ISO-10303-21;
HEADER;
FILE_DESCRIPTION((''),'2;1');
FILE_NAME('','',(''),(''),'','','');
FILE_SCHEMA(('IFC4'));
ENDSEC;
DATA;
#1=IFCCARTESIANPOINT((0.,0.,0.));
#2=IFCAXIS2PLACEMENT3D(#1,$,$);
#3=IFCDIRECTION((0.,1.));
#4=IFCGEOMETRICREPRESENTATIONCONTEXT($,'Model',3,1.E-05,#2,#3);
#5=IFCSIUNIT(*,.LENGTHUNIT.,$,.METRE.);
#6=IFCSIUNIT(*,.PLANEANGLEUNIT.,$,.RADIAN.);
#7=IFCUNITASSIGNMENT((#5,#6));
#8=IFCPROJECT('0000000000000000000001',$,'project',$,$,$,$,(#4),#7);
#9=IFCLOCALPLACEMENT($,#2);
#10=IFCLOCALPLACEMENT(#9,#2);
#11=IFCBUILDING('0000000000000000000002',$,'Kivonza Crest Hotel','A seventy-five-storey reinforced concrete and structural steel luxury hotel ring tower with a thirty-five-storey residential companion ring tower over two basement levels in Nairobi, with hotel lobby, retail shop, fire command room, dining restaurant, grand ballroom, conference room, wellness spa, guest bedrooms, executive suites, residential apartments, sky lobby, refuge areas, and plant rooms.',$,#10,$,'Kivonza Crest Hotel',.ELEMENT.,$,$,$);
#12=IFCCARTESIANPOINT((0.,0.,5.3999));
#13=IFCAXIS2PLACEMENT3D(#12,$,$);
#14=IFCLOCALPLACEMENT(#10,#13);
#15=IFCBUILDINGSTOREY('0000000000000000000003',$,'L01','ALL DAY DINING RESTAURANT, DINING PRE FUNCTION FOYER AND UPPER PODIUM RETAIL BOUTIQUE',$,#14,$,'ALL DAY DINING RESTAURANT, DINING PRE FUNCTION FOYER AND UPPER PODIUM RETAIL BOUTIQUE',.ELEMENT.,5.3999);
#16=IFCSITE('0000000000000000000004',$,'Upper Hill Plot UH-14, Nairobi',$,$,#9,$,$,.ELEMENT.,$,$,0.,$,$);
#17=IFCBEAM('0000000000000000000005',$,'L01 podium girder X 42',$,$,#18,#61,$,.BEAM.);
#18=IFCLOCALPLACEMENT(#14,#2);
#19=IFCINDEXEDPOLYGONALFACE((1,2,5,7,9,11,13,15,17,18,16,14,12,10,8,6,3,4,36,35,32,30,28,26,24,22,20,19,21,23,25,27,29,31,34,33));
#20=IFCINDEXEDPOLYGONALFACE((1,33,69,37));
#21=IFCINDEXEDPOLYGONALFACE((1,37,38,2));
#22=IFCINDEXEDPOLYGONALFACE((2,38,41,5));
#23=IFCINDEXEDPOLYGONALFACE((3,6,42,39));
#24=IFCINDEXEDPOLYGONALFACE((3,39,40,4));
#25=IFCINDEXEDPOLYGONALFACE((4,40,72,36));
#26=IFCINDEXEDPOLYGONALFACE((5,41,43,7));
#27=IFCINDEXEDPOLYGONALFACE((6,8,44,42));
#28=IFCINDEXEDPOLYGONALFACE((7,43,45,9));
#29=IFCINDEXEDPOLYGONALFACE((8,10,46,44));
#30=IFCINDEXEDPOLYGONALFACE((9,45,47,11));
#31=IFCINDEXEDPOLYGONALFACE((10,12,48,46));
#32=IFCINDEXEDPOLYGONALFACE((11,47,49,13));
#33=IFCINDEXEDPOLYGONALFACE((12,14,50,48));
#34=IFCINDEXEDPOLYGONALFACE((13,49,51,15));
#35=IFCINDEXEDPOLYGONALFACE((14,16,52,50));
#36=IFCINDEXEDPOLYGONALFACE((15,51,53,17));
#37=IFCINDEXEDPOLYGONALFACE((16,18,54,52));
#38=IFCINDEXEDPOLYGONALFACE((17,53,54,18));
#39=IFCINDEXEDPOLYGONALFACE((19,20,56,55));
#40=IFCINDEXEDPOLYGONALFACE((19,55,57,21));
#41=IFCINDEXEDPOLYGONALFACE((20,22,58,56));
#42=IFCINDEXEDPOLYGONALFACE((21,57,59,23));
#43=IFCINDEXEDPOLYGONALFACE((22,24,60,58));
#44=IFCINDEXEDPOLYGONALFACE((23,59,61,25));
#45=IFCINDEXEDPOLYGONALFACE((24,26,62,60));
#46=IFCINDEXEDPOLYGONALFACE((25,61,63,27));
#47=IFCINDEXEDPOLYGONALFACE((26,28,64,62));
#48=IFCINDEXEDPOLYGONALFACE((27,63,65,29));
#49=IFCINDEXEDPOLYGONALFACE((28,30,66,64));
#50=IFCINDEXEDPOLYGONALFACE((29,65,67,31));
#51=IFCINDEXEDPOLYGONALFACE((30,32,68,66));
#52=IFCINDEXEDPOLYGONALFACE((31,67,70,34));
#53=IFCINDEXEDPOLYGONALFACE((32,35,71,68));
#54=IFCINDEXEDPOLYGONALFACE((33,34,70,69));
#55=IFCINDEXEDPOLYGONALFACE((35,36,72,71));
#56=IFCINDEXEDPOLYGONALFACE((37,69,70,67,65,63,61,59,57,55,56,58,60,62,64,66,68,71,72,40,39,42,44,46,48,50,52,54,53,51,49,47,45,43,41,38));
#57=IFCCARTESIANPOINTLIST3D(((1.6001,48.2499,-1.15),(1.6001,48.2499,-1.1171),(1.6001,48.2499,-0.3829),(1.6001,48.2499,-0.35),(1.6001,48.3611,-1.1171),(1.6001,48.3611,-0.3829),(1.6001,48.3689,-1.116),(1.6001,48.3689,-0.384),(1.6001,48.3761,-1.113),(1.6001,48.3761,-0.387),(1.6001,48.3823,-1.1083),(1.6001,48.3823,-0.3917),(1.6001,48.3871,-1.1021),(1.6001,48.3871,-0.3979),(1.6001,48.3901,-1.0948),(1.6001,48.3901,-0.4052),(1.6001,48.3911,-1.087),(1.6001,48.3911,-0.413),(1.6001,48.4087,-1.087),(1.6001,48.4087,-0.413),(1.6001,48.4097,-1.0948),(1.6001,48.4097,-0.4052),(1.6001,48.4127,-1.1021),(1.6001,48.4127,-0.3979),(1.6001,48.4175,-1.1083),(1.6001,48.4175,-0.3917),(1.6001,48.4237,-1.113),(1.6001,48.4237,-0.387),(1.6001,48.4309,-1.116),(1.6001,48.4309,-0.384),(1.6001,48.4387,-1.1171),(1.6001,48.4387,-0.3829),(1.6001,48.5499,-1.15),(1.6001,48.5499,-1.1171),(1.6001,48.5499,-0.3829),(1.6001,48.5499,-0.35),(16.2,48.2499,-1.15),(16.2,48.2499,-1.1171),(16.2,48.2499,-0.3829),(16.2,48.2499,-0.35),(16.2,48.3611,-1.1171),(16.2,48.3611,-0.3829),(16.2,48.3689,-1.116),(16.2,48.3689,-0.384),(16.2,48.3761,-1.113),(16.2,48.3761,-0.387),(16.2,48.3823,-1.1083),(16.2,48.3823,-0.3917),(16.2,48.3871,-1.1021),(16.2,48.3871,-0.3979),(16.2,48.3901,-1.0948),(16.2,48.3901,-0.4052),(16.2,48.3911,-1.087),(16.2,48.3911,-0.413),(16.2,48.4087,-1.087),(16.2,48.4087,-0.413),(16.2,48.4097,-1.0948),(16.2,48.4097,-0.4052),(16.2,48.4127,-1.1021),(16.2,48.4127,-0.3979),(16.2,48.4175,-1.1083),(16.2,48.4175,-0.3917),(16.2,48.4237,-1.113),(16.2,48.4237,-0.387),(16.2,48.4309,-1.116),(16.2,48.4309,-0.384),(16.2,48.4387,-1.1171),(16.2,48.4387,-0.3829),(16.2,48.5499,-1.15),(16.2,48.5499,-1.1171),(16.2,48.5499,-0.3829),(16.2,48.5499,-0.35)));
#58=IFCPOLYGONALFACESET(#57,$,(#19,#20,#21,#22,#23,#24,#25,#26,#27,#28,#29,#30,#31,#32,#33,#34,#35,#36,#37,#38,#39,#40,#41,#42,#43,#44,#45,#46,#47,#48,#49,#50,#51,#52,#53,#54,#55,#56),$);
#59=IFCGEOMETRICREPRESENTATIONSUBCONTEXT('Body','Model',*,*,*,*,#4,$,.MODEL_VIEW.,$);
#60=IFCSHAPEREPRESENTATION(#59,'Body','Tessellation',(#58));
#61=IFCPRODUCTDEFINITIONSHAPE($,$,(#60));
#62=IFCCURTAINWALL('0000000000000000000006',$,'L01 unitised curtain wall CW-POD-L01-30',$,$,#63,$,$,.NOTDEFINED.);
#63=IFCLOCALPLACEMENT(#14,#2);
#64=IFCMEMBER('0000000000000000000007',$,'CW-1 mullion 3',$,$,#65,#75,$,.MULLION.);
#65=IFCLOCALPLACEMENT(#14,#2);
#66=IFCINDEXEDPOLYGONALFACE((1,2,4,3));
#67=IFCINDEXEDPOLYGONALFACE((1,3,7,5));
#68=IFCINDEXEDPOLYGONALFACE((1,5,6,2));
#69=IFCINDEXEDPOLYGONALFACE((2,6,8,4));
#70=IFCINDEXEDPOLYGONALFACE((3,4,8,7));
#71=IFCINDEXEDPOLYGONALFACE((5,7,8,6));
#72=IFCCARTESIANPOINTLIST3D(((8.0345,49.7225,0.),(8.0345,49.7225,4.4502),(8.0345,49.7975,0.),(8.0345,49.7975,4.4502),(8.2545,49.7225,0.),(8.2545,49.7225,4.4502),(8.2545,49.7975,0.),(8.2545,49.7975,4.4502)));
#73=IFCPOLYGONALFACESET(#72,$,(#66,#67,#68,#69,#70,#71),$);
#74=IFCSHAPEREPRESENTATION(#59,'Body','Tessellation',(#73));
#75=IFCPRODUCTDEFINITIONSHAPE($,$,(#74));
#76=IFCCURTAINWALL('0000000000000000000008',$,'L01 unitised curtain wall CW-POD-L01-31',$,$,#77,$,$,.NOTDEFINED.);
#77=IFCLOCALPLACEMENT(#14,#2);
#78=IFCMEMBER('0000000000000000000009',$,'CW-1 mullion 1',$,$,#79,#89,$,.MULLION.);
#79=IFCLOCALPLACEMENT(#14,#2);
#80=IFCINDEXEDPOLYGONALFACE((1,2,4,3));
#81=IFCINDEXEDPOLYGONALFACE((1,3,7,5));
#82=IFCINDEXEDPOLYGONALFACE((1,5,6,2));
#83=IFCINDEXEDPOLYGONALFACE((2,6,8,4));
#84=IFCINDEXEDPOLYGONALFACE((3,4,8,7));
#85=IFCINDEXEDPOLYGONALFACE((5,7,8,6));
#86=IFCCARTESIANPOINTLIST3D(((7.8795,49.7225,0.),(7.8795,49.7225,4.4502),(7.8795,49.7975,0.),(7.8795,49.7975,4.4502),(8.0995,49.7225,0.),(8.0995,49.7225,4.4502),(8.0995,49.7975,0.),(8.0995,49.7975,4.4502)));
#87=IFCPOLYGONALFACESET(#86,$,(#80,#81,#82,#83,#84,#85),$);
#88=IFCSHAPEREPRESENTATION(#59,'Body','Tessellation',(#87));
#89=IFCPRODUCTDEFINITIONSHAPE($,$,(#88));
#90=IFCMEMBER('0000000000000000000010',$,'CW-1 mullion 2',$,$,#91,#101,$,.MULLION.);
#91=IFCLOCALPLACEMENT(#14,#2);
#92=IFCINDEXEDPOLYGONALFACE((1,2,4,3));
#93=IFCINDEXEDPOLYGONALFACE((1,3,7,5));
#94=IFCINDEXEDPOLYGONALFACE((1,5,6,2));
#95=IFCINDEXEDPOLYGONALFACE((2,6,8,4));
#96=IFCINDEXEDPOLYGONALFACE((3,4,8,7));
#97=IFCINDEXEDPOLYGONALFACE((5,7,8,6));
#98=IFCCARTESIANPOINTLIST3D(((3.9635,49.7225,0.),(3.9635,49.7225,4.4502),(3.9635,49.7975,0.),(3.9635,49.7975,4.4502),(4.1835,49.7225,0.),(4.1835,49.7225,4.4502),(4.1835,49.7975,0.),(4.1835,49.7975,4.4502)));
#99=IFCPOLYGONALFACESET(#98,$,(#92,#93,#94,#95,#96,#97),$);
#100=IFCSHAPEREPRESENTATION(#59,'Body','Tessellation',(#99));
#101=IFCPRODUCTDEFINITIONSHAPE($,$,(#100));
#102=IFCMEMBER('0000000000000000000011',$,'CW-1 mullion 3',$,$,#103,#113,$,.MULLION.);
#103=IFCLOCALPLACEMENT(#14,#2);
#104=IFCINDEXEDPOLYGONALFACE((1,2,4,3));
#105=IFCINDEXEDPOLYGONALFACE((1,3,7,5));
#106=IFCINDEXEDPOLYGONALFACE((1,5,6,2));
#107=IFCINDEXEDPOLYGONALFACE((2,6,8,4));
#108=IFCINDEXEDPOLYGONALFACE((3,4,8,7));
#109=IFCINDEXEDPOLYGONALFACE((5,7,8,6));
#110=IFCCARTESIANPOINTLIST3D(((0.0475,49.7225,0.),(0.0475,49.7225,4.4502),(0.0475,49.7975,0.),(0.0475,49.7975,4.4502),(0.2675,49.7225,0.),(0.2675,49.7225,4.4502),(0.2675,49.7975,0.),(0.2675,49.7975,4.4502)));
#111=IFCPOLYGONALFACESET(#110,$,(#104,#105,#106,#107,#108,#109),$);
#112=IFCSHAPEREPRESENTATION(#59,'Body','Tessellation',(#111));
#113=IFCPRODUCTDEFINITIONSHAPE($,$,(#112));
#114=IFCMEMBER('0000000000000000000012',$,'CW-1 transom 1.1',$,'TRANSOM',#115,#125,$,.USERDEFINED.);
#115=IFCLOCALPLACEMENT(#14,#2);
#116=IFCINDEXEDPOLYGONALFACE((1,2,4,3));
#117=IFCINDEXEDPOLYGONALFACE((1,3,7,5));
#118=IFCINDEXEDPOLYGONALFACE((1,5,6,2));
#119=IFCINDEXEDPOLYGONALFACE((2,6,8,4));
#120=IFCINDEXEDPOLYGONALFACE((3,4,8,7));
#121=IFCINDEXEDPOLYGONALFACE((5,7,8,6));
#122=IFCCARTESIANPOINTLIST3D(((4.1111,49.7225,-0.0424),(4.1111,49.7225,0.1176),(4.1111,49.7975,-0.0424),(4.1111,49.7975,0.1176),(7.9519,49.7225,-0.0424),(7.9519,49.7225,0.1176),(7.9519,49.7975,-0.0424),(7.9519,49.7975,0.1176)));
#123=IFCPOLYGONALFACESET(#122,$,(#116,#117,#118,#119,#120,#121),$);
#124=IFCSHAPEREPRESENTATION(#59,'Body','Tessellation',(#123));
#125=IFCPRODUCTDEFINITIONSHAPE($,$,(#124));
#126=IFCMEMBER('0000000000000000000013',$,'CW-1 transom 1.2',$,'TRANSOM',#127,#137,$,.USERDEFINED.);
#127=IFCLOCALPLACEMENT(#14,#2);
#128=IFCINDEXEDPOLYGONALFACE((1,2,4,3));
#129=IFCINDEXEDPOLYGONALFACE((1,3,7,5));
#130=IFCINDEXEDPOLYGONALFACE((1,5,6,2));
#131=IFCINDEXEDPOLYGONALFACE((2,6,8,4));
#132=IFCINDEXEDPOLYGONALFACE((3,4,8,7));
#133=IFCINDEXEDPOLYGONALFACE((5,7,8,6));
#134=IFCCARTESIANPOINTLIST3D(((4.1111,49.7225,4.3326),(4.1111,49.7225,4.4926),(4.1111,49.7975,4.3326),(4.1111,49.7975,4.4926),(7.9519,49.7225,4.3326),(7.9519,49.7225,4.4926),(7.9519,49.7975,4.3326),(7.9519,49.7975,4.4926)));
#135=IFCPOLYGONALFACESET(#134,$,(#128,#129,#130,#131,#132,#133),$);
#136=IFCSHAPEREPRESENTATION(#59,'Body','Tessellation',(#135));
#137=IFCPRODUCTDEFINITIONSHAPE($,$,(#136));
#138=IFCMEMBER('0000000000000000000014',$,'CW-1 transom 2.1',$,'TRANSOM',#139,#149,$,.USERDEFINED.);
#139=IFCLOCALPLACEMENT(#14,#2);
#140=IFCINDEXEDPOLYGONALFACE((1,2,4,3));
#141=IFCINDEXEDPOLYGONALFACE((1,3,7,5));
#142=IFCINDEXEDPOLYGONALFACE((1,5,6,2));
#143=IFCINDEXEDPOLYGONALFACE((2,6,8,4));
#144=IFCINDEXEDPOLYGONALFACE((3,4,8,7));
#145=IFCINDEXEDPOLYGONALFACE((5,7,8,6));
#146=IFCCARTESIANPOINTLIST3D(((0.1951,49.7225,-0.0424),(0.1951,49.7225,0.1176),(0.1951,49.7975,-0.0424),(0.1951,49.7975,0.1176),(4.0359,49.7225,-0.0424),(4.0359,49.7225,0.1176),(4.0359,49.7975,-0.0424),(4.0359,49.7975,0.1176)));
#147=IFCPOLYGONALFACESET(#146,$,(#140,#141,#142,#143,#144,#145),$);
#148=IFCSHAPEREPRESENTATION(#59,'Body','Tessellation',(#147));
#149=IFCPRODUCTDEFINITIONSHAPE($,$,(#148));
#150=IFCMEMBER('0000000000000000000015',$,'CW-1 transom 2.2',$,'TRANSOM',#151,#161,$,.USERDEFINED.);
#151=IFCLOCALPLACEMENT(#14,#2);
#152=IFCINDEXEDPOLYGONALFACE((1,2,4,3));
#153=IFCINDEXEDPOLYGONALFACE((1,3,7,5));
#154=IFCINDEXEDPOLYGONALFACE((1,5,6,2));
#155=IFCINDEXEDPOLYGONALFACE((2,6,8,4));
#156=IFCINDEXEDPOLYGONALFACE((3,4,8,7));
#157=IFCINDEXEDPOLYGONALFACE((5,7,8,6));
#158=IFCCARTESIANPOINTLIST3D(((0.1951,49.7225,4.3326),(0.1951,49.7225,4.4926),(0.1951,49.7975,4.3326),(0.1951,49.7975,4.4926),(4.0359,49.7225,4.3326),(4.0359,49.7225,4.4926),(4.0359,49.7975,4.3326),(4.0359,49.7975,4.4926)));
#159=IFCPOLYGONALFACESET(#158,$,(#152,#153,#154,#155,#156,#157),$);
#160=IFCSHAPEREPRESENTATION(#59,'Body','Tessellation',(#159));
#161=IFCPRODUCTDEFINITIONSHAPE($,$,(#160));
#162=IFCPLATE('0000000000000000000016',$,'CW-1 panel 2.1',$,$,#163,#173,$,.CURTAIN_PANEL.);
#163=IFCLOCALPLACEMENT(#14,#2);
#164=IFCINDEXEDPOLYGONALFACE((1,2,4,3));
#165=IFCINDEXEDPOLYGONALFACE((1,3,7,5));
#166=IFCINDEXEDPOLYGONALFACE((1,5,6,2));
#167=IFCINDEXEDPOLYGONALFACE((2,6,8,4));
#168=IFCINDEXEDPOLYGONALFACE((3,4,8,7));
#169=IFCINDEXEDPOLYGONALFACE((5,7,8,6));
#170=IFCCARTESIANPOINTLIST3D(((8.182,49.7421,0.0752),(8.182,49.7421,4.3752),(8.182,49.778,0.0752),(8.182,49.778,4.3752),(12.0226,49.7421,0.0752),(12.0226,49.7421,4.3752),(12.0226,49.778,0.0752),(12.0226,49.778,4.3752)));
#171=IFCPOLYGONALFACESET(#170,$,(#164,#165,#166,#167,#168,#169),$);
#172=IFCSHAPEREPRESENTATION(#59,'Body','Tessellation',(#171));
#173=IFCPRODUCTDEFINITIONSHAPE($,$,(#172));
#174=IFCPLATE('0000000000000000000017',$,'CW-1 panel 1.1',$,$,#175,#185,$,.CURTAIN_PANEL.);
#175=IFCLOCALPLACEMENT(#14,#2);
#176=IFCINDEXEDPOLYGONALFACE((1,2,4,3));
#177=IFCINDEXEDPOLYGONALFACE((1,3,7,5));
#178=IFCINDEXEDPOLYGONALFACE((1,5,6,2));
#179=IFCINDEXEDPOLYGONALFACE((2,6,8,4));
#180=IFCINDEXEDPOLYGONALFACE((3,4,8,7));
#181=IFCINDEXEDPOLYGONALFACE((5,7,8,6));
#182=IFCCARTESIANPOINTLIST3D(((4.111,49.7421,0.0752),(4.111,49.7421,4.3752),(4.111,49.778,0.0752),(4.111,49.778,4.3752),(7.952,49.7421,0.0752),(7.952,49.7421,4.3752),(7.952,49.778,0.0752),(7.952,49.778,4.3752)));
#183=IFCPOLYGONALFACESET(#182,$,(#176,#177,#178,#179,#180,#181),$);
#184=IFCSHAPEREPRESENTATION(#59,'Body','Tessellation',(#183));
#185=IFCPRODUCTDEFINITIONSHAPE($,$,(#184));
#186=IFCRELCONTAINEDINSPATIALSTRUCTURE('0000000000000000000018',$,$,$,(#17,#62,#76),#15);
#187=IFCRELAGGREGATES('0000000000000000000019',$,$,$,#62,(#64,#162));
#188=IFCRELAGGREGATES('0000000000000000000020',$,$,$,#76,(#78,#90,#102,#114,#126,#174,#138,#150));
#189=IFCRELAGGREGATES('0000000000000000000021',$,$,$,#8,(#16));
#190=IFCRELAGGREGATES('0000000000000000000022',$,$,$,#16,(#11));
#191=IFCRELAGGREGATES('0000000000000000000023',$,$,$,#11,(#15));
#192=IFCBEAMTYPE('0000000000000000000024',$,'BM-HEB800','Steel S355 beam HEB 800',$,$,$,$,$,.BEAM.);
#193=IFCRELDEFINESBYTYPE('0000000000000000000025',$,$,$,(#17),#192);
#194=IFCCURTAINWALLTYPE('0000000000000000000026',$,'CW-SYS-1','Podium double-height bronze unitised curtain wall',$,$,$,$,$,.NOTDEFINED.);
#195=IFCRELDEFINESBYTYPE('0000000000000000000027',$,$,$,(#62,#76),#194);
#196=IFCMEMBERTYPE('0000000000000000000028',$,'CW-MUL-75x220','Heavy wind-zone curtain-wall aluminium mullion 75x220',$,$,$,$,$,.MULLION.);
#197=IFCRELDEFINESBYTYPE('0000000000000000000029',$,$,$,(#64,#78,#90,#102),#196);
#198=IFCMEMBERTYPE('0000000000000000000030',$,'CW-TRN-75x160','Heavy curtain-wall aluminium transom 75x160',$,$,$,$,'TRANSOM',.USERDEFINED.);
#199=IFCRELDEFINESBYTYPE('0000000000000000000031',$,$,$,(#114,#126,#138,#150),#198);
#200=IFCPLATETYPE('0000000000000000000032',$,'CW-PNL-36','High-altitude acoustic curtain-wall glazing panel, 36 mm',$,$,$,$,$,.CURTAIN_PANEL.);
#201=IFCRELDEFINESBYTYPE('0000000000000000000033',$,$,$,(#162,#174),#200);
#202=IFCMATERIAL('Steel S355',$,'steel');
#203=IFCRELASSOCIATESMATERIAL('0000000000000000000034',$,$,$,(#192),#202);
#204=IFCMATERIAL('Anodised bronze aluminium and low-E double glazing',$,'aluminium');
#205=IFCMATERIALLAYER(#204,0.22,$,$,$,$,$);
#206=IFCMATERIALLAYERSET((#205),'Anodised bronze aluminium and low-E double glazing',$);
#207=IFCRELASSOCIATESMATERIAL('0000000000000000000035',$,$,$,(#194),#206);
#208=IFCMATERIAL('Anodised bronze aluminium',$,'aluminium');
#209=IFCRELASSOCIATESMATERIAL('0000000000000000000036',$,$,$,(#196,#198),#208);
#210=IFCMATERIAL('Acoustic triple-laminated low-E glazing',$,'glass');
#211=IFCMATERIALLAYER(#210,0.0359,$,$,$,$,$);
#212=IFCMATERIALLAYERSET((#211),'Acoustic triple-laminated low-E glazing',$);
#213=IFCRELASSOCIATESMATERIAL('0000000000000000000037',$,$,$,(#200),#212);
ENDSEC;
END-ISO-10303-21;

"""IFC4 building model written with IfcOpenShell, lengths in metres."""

from ifc_helpers import new_model, si_unit, direction, frame, origin, origin_2d, place, context, subcontext, project, spatial, rectangle, i_section, extrude, material, layer, layer_set, material_profile, profile_set, type_object, element, aggregate, save


model = new_model("IFC4")

# Units and contexts
model_context = context("Model", 3, precision=1e-05, world=origin(), true_north=direction((0.0, 1.0)))
body_context = subcontext(model_context, "Body", "Model", "MODEL_VIEW")
ifc_project = project(units=[si_unit("LENGTHUNIT", "METRE"), si_unit("PLANEANGLEUNIT", "RADIAN")], contexts=[model_context])

# Site, building, storey
site_placement = place(None, origin())
site = spatial("IfcSite", under=ifc_project, at=site_placement, Name="Upper Hill Plot UH-14, Nairobi", CompositionType="ELEMENT", RefElevation=0.0)
building_placement = place(site_placement, origin())
building = spatial("IfcBuilding", under=site, at=building_placement, Name="Kivonza Crest Hotel", Description="A seventy-five-storey reinforced concrete and structural steel luxury hotel ring tower with a thirty-five-storey residential companion ring tower over two basement levels in Nairobi, with hotel lobby, retail shop, fire command room, dining restaurant, grand ballroom, conference room, wellness spa, guest bedrooms, executive suites, residential apartments, sky lobby, refuge areas, and plant rooms.", LongName="Kivonza Crest Hotel", CompositionType="ELEMENT")
storey_placement = place(building_placement, frame((0.0, 0.0, 5.3999)))
storey = spatial("IfcBuildingStorey", under=building, at=storey_placement, Name="L01", Description="ALL DAY DINING RESTAURANT, DINING PRE FUNCTION FOYER AND UPPER PODIUM RETAIL BOUTIQUE", LongName="ALL DAY DINING RESTAURANT, DINING PRE FUNCTION FOYER AND UPPER PODIUM RETAIL BOUTIQUE", CompositionType="ELEMENT", Elevation=5.3999)

# Beam
ifc_material_1 = material(Name="Steel S355", Category="steel")
ifc_material_profile_1 = material_profile(ifc_material_1, i_section(OverallWidth=0.3, OverallDepth=0.8, WebThickness=0.0176, FlangeThickness=0.033, FilletRadius=0.03, at=origin_2d()), Name="HEB 800")
ifc_profile_set_1 = profile_set([ifc_material_profile_1], Name="Steel S355")
beam_type_1 = type_object("IfcBeamType", Name="BM-HEB800", Description="Steel S355 beam HEB 800", PredefinedType="BEAM", material=ifc_profile_set_1)
for number, where, z_axis, x_axis, name in (
    (1, (1.6001, 48.3999, -0.75), (1.0, 0.0, 0.0), (0.0, 1.0, 0.0), "L01 podium girder X 42"),
):
    element("IfcBeam", number, at=place(storey_placement, frame(where, z_axis=z_axis, x_axis=x_axis)), inside=storey, type_object=beam_type_1, Name=name, PredefinedType="BEAM", context=body_context, shape_type="SweptSolid", body=[
        extrude(i_section(OverallWidth=0.3, OverallDepth=0.8, WebThickness=0.0176, FlangeThickness=0.033, FilletRadius=0.03, at=origin_2d()), origin(), (0.0, 0.0, 1.0), 14.5999),
    ])

# Curtain wall, member
ifc_material_2 = material(Name="Anodised bronze aluminium and low-E double glazing", Category="aluminium")
ifc_layer_1 = layer(ifc_material_2, 0.22)
ifc_layer_set_1 = layer_set([ifc_layer_1], Name="Anodised bronze aluminium and low-E double glazing")
curtain_wall_type = type_object("IfcCurtainWallType", Name="CW-SYS-1", Description="Podium double-height bronze unitised curtain wall", PredefinedType="NOTDEFINED", material=ifc_layer_set_1)
curtain_wall_1_placement = place(storey_placement, origin())
curtain_wall_1 = element("IfcCurtainWall", 2, at=curtain_wall_1_placement, inside=storey, type_object=curtain_wall_type, Name="L01 unitised curtain wall CW-POD-L01-30", PredefinedType="NOTDEFINED")
ifc_material_3 = material(Name="Anodised bronze aluminium", Category="aluminium")
ifc_material_profile_2 = material_profile(ifc_material_3, rectangle(XDim=0.075, YDim=0.22, at=origin_2d()), Name="CW-M 75x220")
ifc_profile_set_2 = profile_set([ifc_material_profile_2], Name="Anodised bronze aluminium")
member_type_1 = type_object("IfcMemberType", Name="CW-MUL-75x220", Description="Heavy wind-zone curtain-wall aluminium mullion 75x220", PredefinedType="MULLION", material=ifc_profile_set_2)
member_1_placement = place(storey_placement, frame((8.1445, 49.76, 0.0), z_axis=(0.0, 0.0, 1.0), x_axis=(0.0, -1.0, 0.0)))
member_1 = element("IfcMember", 3, at=member_1_placement, type_object=member_type_1, Name="CW-1 mullion 3", PredefinedType="MULLION", context=body_context, shape_type="SweptSolid", body=[
    extrude(rectangle(XDim=0.075, YDim=0.22, at=origin_2d()), origin(), (0.0, 0.0, 1.0), 4.4502),
])

# Curtain wall, members
curtain_wall_2_placement = place(storey_placement, origin())
curtain_wall_2 = element("IfcCurtainWall", 4, at=curtain_wall_2_placement, inside=storey, type_object=curtain_wall_type, Name="L01 unitised curtain wall CW-POD-L01-31", PredefinedType="NOTDEFINED")
member_2_placement = place(storey_placement, frame((7.9895, 49.76, 0.0), z_axis=(0.0, 0.0, 1.0), x_axis=(0.0, -1.0, 0.0)))
member_2 = element("IfcMember", 5, at=member_2_placement, type_object=member_type_1, Name="CW-1 mullion 1", PredefinedType="MULLION", context=body_context, shape_type="SweptSolid", body=[
    extrude(rectangle(XDim=0.075, YDim=0.22, at=origin_2d()), origin(), (0.0, 0.0, 1.0), 4.4502),
])
member_3_placement = place(storey_placement, frame((4.0735, 49.76, 0.0), z_axis=(0.0, 0.0, 1.0), x_axis=(0.0, -1.0, 0.0)))
member_3 = element("IfcMember", 6, at=member_3_placement, type_object=member_type_1, Name="CW-1 mullion 2", PredefinedType="MULLION", context=body_context, shape_type="SweptSolid", body=[
    extrude(rectangle(XDim=0.075, YDim=0.22, at=origin_2d()), origin(), (0.0, 0.0, 1.0), 4.4502),
])
member_4_placement = place(storey_placement, frame((0.1575, 49.76, 0.0), z_axis=(0.0, 0.0, 1.0), x_axis=(0.0, -1.0, 0.0)))
member_4 = element("IfcMember", 7, at=member_4_placement, type_object=member_type_1, Name="CW-1 mullion 3", PredefinedType="MULLION", context=body_context, shape_type="SweptSolid", body=[
    extrude(rectangle(XDim=0.075, YDim=0.22, at=origin_2d()), origin(), (0.0, 0.0, 1.0), 4.4502),
])
ifc_material_profile_3 = material_profile(ifc_material_3, rectangle(XDim=0.075, YDim=0.1599, at=origin_2d()), Name="CW-T 75x160")
ifc_profile_set_3 = profile_set([ifc_material_profile_3], Name="Anodised bronze aluminium")
member_type_2 = type_object("IfcMemberType", Name="CW-TRN-75x160", Description="Heavy curtain-wall aluminium transom 75x160", ElementType="TRANSOM", PredefinedType="USERDEFINED", material=ifc_profile_set_3)
member_5_placement = place(storey_placement, frame((7.9519, 49.76, 0.0376), z_axis=(-1.0, 0.0, 0.0), x_axis=(0.0, -1.0, 0.0)))
member_5 = element("IfcMember", 8, at=member_5_placement, type_object=member_type_2, Name="CW-1 transom 1.1", ObjectType="TRANSOM", PredefinedType="USERDEFINED", context=body_context, shape_type="SweptSolid", body=[
    extrude(rectangle(XDim=0.075, YDim=0.1599, at=origin_2d()), origin(), (0.0, 0.0, 1.0), 3.8408),
])
member_6_placement = place(storey_placement, frame((7.9519, 49.76, 4.4126), z_axis=(-1.0, 0.0, 0.0), x_axis=(0.0, -1.0, 0.0)))
member_6 = element("IfcMember", 9, at=member_6_placement, type_object=member_type_2, Name="CW-1 transom 1.2", ObjectType="TRANSOM", PredefinedType="USERDEFINED", context=body_context, shape_type="SweptSolid", body=[
    extrude(rectangle(XDim=0.075, YDim=0.1599, at=origin_2d()), origin(), (0.0, 0.0, 1.0), 3.8408),
])
member_7_placement = place(storey_placement, frame((4.0359, 49.76, 0.0376), z_axis=(-1.0, 0.0, 0.0), x_axis=(0.0, -1.0, 0.0)))
member_7 = element("IfcMember", 10, at=member_7_placement, type_object=member_type_2, Name="CW-1 transom 2.1", ObjectType="TRANSOM", PredefinedType="USERDEFINED", context=body_context, shape_type="SweptSolid", body=[
    extrude(rectangle(XDim=0.075, YDim=0.1599, at=origin_2d()), origin(), (0.0, 0.0, 1.0), 3.8408),
])
member_8_placement = place(storey_placement, frame((4.0359, 49.76, 4.4126), z_axis=(-1.0, 0.0, 0.0), x_axis=(0.0, -1.0, 0.0)))
member_8 = element("IfcMember", 11, at=member_8_placement, type_object=member_type_2, Name="CW-1 transom 2.2", ObjectType="TRANSOM", PredefinedType="USERDEFINED", context=body_context, shape_type="SweptSolid", body=[
    extrude(rectangle(XDim=0.075, YDim=0.1599, at=origin_2d()), origin(), (0.0, 0.0, 1.0), 3.8408),
])

# Plates
ifc_material_4 = material(Name="Acoustic triple-laminated low-E glazing", Category="glass")
ifc_layer_2 = layer(ifc_material_4, 0.0359)
ifc_layer_set_2 = layer_set([ifc_layer_2], Name="Acoustic triple-laminated low-E glazing")
plate_type = type_object("IfcPlateType", Name="CW-PNL-36", Description="High-altitude acoustic curtain-wall glazing panel, 36 mm", PredefinedType="CURTAIN_PANEL", material=ifc_layer_set_2)
plate_1_placement = place(storey_placement, frame((10.1023, 49.76, 0.0752), z_axis=(0.0, 0.0, 1.0), x_axis=(-1.0, 0.0, 0.0)))
plate_1 = element("IfcPlate", 12, at=plate_1_placement, type_object=plate_type, Name="CW-1 panel 2.1", PredefinedType="CURTAIN_PANEL", context=body_context, shape_type="SweptSolid", body=[
    extrude(rectangle(XDim=3.8406, YDim=0.0359, at=origin_2d()), origin(), (0.0, 0.0, 1.0), 4.3),
])
aggregate(curtain_wall_1, [member_1, plate_1])
plate_2_placement = place(storey_placement, frame((6.0315, 49.76, 0.0752), z_axis=(0.0, 0.0, 1.0), x_axis=(-1.0, 0.0, 0.0)))
plate_2 = element("IfcPlate", 13, at=plate_2_placement, type_object=plate_type, Name="CW-1 panel 1.1", PredefinedType="CURTAIN_PANEL", context=body_context, shape_type="SweptSolid", body=[
    extrude(rectangle(XDim=3.8411, YDim=0.0359, at=origin_2d()), origin(), (0.0, 0.0, 1.0), 4.3),
])
aggregate(curtain_wall_2, [member_2, member_3, member_4, member_5, member_6, plate_2, member_7, member_8])

save(model, "model.ifc")
